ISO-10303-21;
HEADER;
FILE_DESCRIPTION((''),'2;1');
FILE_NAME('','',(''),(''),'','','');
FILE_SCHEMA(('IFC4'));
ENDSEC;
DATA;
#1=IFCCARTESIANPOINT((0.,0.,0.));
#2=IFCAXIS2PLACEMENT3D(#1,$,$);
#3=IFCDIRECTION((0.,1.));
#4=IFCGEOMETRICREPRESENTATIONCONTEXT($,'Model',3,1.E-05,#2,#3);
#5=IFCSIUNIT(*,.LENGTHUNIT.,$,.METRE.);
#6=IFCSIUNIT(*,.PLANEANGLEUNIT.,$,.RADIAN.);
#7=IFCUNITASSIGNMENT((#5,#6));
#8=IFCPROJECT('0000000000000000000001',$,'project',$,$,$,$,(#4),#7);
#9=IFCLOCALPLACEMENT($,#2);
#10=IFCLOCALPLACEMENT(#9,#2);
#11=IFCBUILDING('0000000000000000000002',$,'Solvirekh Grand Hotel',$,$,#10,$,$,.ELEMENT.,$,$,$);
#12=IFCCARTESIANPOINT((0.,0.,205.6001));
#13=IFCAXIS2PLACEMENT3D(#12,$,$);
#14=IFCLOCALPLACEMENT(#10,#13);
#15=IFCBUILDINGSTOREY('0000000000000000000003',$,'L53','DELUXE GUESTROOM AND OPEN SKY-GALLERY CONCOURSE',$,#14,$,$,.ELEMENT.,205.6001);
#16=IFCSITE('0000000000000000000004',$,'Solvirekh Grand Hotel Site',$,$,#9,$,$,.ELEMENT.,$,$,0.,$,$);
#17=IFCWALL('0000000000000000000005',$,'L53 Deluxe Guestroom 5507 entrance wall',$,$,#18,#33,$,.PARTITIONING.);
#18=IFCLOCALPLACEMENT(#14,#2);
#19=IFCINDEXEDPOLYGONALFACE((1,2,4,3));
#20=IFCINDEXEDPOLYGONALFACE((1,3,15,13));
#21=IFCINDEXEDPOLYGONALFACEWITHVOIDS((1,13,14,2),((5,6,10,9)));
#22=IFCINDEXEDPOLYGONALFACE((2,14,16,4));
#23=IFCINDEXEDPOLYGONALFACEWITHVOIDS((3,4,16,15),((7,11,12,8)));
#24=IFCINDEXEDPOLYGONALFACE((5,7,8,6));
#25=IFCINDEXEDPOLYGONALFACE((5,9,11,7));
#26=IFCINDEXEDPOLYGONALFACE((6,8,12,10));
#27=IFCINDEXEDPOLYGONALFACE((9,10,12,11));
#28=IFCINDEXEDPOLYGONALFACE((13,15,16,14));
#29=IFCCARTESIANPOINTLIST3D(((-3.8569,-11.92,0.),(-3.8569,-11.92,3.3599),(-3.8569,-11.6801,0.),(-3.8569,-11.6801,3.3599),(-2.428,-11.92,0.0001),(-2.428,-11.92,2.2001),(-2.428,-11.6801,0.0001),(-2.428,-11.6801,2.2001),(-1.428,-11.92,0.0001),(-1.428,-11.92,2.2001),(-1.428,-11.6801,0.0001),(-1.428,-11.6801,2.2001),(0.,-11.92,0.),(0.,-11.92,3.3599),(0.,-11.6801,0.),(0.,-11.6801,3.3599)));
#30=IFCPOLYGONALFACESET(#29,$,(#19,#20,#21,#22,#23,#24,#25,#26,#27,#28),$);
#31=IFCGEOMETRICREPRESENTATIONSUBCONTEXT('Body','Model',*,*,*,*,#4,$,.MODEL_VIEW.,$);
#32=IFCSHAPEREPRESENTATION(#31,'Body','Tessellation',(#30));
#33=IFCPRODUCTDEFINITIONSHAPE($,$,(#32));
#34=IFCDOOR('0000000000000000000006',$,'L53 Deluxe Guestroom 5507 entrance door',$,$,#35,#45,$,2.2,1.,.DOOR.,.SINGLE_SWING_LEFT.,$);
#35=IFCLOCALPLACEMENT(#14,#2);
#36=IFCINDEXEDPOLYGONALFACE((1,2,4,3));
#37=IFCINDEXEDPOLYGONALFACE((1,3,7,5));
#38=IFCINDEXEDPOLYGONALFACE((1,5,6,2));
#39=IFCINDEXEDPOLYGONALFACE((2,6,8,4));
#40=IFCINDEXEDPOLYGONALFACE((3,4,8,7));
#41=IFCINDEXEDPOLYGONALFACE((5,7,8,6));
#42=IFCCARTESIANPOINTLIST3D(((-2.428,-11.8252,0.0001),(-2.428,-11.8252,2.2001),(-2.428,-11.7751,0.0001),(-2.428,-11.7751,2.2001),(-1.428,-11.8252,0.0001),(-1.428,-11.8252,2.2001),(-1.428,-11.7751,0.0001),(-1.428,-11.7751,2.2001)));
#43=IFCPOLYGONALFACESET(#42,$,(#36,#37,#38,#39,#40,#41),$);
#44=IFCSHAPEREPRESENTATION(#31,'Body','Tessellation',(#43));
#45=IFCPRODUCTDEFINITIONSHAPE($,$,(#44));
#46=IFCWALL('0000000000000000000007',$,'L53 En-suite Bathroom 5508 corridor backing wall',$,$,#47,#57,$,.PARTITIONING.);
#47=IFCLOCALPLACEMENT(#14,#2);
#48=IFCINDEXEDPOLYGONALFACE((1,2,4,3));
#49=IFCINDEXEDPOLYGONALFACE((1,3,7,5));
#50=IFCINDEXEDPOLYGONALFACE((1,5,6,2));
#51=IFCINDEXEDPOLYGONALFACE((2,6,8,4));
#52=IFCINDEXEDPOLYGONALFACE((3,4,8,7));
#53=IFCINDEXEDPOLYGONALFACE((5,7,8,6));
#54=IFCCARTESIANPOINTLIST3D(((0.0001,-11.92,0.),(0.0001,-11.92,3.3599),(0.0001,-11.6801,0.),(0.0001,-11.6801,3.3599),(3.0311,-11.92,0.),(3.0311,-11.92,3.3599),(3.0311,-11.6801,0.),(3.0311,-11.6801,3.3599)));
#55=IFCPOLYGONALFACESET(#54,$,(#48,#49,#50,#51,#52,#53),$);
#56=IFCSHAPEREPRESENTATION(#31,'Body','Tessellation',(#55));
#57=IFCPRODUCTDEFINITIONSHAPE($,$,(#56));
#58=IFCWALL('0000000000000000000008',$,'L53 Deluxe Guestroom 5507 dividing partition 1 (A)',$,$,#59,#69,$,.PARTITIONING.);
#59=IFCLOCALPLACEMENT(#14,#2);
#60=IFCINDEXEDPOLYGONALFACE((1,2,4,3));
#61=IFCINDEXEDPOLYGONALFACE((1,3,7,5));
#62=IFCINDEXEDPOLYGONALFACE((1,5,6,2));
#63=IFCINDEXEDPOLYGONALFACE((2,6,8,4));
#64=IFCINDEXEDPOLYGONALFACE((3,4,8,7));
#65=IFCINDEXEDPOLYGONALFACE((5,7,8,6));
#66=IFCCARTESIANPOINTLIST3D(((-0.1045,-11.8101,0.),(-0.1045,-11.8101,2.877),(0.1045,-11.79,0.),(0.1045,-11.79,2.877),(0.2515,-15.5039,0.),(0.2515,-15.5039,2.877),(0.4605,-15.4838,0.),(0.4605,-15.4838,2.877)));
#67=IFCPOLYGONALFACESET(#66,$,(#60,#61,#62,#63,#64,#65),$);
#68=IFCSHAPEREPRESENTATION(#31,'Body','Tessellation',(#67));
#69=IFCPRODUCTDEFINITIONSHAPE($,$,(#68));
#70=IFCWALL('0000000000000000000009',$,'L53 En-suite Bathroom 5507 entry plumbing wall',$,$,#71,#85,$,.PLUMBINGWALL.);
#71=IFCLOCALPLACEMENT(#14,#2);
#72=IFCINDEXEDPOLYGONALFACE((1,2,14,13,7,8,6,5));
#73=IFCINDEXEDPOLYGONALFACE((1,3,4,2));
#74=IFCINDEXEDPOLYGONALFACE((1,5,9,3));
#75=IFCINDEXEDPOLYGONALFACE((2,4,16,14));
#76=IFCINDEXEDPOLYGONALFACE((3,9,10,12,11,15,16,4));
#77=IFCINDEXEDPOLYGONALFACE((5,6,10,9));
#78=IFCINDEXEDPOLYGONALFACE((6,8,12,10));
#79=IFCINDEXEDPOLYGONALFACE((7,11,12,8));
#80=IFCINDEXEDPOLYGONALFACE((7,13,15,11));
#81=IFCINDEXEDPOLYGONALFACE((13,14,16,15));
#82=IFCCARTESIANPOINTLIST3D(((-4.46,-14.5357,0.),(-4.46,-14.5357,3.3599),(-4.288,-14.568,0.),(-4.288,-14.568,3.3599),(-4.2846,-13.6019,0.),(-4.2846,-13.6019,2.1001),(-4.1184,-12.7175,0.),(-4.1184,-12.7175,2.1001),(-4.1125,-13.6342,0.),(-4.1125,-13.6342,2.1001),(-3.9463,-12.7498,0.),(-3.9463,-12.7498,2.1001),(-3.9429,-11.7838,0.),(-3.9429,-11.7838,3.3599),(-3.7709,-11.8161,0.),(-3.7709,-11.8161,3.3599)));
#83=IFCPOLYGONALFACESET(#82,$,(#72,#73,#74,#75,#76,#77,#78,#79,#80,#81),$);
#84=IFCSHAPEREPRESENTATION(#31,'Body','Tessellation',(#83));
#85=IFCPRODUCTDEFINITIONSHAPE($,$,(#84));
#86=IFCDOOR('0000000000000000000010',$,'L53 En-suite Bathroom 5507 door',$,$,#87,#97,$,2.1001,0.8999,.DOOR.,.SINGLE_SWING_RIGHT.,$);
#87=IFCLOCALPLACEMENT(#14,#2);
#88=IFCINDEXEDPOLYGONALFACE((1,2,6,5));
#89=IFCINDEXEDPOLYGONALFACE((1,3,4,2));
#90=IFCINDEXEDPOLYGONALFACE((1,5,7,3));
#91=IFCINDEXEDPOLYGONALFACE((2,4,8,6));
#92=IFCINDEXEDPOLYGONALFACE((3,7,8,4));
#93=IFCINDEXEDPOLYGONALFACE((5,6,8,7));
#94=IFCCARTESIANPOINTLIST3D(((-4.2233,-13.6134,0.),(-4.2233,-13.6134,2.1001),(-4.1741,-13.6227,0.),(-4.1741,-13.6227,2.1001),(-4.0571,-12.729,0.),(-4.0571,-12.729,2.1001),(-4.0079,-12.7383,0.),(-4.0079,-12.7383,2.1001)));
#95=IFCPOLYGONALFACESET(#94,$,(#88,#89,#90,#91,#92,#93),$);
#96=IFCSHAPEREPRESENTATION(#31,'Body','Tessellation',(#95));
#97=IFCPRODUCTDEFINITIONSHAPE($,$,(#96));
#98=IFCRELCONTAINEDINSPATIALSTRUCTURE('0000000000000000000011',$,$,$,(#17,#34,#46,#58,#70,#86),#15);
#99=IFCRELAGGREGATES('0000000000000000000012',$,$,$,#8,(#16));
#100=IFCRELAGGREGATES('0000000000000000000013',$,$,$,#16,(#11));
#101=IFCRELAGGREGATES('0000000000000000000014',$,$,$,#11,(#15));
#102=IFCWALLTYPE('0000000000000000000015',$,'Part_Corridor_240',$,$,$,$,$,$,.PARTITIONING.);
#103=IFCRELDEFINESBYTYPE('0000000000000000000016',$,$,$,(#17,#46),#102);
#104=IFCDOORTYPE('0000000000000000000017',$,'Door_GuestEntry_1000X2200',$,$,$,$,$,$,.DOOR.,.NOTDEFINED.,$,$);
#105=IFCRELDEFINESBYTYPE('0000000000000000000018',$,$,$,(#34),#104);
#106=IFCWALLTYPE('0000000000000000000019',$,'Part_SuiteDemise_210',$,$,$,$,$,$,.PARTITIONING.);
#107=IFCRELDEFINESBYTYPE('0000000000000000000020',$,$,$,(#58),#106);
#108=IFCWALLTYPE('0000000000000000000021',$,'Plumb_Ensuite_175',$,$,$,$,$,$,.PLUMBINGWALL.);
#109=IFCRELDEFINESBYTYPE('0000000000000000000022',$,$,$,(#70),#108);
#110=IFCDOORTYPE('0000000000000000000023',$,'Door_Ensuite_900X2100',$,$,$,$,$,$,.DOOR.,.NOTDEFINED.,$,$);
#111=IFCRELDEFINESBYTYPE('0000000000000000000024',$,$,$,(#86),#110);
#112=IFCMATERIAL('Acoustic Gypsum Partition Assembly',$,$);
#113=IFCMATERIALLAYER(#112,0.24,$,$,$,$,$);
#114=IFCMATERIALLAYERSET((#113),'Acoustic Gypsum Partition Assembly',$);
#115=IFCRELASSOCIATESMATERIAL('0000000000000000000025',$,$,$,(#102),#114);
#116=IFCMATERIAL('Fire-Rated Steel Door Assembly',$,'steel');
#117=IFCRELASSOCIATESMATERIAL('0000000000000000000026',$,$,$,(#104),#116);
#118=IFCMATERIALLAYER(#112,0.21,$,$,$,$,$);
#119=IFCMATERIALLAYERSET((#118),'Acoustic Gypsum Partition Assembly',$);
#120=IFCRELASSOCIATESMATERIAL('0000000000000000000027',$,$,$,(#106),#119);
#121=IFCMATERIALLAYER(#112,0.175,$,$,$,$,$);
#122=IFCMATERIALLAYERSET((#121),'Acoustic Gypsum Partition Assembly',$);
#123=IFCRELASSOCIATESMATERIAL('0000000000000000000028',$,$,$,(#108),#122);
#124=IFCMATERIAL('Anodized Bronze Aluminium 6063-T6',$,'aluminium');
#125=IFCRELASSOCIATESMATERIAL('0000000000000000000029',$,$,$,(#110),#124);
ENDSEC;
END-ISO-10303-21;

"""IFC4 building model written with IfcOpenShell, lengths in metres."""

from ifc_helpers import new_model, si_unit, direction, frame, frame_2d, origin, place, context, subcontext, project, spatial, rectangle, extrude, material, layer, layer_set, type_object, element, fill, save


model = new_model("IFC4")

# Units and contexts
model_context = context("Model", 3, precision=1e-05, world=origin(), true_north=direction((0.0, 1.0)))
body_context = subcontext(model_context, "Body", "Model", "MODEL_VIEW")
ifc_project = project(units=[si_unit("LENGTHUNIT", "METRE"), si_unit("PLANEANGLEUNIT", "RADIAN")], contexts=[model_context])

# Site, building, storey
site_placement = place(None, origin())
site = spatial("IfcSite", under=ifc_project, at=site_placement, Name="Solvirekh Grand Hotel Site", CompositionType="ELEMENT", RefElevation=0.0)
building_placement = place(site_placement, origin())
building = spatial("IfcBuilding", under=site, at=building_placement, Name="Solvirekh Grand Hotel", CompositionType="ELEMENT")
storey_placement = place(building_placement, frame((0.0, 0.0, 205.6001)))
storey = spatial("IfcBuildingStorey", under=building, at=storey_placement, Name="L53", Description="DELUXE GUESTROOM AND OPEN SKY-GALLERY CONCOURSE", CompositionType="ELEMENT", Elevation=205.6001)

# Shared definitions
ifc_material_1 = material(Name="Anodized Bronze Aluminium 6063-T6", Category="aluminium")

# Wall, opening, door
ifc_material_2 = material(Name="Acoustic Gypsum Partition Assembly")
ifc_layer_1 = layer(ifc_material_2, 0.24)
ifc_layer_set_1 = layer_set([ifc_layer_1], Name="Acoustic Gypsum Partition Assembly")
wall_type_1 = type_object("IfcWallType", Name="Part_Corridor_240", PredefinedType="PARTITIONING", material=ifc_layer_set_1)
wall_1_placement = place(storey_placement, frame((-3.8569, -11.8, 0.0), z_axis=(0.0, 0.0, 1.0), x_axis=(1.0, 0.0, 0.0)))
wall_1 = element("IfcWall", 1, at=wall_1_placement, inside=storey, type_object=wall_type_1, Name="L53 Deluxe Guestroom 5507 entrance wall", PredefinedType="PARTITIONING", context=body_context, shape_type="SweptSolid", body=[
    extrude(rectangle(XDim=3.8569, YDim=0.24, at=frame_2d((1.9285, 0.0))), origin(), (0.0, 0.0, 1.0), 3.3599),
])
opening_1_placement = place(wall_1_placement, frame((1.429, 0.0, 0.0)))
opening_1 = element("IfcOpeningElement", 2, at=opening_1_placement, cuts=wall_1, PredefinedType="OPENING", context=body_context, shape_type="SweptSolid", body=[
    extrude(rectangle(XDim=1.0, YDim=2.2, at=frame_2d((0.5, 1.1001))), frame((0.0, 0.1299, 0.0), z_axis=(0.0, -1.0, 0.0), x_axis=(1.0, 0.0, 0.0)), (0.0, 0.0, 1.0), 0.26),
])
ifc_material_3 = material(Name="Fire-Rated Steel Door Assembly", Category="steel")
door_type_1 = type_object("IfcDoorType", Name="Door_GuestEntry_1000X2200", OperationType="NOTDEFINED", PredefinedType="DOOR", material=ifc_material_3)
door_1_placement = place(opening_1_placement, origin())
door_1 = element("IfcDoor", 3, at=door_1_placement, inside=storey, type_object=door_type_1, Name="L53 Deluxe Guestroom 5507 entrance door", OperationType="SINGLE_SWING_LEFT", OverallHeight=2.2, OverallWidth=1.0, PredefinedType="DOOR", context=body_context, shape_type="SweptSolid", body=[
    extrude(rectangle(XDim=1.0, YDim=2.2, at=frame_2d((0.5, 1.1001))), frame((0.0, 0.0249, 0.0), z_axis=(0.0, -1.0, 0.0), x_axis=(1.0, 0.0, 0.0)), (0.0, 0.0, 1.0), 0.05),
])
fill(opening_1, door_1)

# Walls
wall_2_placement = place(storey_placement, frame((0.0, -11.8, 0.0), z_axis=(0.0, 0.0, 1.0), x_axis=(1.0, 0.0, 0.0)))
element("IfcWall", 4, at=wall_2_placement, inside=storey, type_object=wall_type_1, Name="L53 En-suite Bathroom 5508 corridor backing wall", PredefinedType="PARTITIONING", context=body_context, shape_type="SweptSolid", body=[
    extrude(rectangle(XDim=3.031, YDim=0.24, at=frame_2d((1.5156, 0.0))), origin(), (0.0, 0.0, 1.0), 3.3599),
])
ifc_layer_2 = layer(ifc_material_2, 0.21)
ifc_layer_set_2 = layer_set([ifc_layer_2], Name="Acoustic Gypsum Partition Assembly")
wall_type_2 = type_object("IfcWallType", Name="Part_SuiteDemise_210", PredefinedType="PARTITIONING", material=ifc_layer_set_2)
wall_3_placement = place(storey_placement, frame((0.0, -11.8, 0.0), z_axis=(0.0, 0.0, 1.0), x_axis=(0.09592, -0.995389, 0.0)))
element("IfcWall", 5, at=wall_3_placement, inside=storey, type_object=wall_type_2, Name="L53 Deluxe Guestroom 5507 dividing partition 1 (A)", PredefinedType="PARTITIONING", context=body_context, shape_type="SweptSolid", body=[
    extrude(rectangle(XDim=3.7109, YDim=0.21, at=frame_2d((1.8555, 0.0))), origin(), (0.0, 0.0, 1.0), 2.877),
])

# Wall, opening, door
ifc_layer_3 = layer(ifc_material_2, 0.175)
ifc_layer_set_3 = layer_set([ifc_layer_3], Name="Acoustic Gypsum Partition Assembly")
wall_type_3 = type_object("IfcWallType", Name="Plumb_Ensuite_175", PredefinedType="PLUMBINGWALL", material=ifc_layer_set_3)
wall_4_placement = place(storey_placement, frame((-3.8569, -11.8, 0.0), z_axis=(0.0, 0.0, 1.0), x_axis=(-0.184668, -0.982801, 0.0)))
wall_4 = element("IfcWall", 6, at=wall_4_placement, inside=storey, type_object=wall_type_3, Name="L53 En-suite Bathroom 5507 entry plumbing wall", PredefinedType="PLUMBINGWALL", context=body_context, shape_type="SweptSolid", body=[
    extrude(rectangle(XDim=2.8, YDim=0.175, at=frame_2d((1.3999, 0.0))), origin(), (0.0, 0.0, 1.0), 3.3599),
])
opening_2_placement = place(wall_4_placement, frame((0.95, 0.0, 0.0)))
opening_2 = element("IfcOpeningElement", 7, at=opening_2_placement, cuts=wall_4, PredefinedType="OPENING", context=body_context, shape_type="SweptSolid", body=[
    extrude(rectangle(XDim=0.8999, YDim=2.1001, at=frame_2d((0.45, 1.05))), frame((0.0, 0.0977, 0.0), z_axis=(0.0, -1.0, 0.0), x_axis=(1.0, 0.0, 0.0)), (0.0, 0.0, 1.0), 0.1951),
])
door_type_2 = type_object("IfcDoorType", Name="Door_Ensuite_900X2100", OperationType="NOTDEFINED", PredefinedType="DOOR", material=ifc_material_1)
door_2_placement = place(opening_2_placement, origin())
door_2 = element("IfcDoor", 8, at=door_2_placement, inside=storey, type_object=door_type_2, Name="L53 En-suite Bathroom 5507 door", OperationType="SINGLE_SWING_RIGHT", OverallHeight=2.1001, OverallWidth=0.8999, PredefinedType="DOOR", context=body_context, shape_type="SweptSolid", body=[
    extrude(rectangle(XDim=0.8999, YDim=2.1001, at=frame_2d((0.45, 1.05))), frame((0.0, 0.0249, 0.0), z_axis=(0.0, -1.0, 0.0), x_axis=(1.0, 0.0, 0.0)), (0.0, 0.0, 1.0), 0.05),
])
fill(opening_2, door_2)

save(model, "model.ifc")
